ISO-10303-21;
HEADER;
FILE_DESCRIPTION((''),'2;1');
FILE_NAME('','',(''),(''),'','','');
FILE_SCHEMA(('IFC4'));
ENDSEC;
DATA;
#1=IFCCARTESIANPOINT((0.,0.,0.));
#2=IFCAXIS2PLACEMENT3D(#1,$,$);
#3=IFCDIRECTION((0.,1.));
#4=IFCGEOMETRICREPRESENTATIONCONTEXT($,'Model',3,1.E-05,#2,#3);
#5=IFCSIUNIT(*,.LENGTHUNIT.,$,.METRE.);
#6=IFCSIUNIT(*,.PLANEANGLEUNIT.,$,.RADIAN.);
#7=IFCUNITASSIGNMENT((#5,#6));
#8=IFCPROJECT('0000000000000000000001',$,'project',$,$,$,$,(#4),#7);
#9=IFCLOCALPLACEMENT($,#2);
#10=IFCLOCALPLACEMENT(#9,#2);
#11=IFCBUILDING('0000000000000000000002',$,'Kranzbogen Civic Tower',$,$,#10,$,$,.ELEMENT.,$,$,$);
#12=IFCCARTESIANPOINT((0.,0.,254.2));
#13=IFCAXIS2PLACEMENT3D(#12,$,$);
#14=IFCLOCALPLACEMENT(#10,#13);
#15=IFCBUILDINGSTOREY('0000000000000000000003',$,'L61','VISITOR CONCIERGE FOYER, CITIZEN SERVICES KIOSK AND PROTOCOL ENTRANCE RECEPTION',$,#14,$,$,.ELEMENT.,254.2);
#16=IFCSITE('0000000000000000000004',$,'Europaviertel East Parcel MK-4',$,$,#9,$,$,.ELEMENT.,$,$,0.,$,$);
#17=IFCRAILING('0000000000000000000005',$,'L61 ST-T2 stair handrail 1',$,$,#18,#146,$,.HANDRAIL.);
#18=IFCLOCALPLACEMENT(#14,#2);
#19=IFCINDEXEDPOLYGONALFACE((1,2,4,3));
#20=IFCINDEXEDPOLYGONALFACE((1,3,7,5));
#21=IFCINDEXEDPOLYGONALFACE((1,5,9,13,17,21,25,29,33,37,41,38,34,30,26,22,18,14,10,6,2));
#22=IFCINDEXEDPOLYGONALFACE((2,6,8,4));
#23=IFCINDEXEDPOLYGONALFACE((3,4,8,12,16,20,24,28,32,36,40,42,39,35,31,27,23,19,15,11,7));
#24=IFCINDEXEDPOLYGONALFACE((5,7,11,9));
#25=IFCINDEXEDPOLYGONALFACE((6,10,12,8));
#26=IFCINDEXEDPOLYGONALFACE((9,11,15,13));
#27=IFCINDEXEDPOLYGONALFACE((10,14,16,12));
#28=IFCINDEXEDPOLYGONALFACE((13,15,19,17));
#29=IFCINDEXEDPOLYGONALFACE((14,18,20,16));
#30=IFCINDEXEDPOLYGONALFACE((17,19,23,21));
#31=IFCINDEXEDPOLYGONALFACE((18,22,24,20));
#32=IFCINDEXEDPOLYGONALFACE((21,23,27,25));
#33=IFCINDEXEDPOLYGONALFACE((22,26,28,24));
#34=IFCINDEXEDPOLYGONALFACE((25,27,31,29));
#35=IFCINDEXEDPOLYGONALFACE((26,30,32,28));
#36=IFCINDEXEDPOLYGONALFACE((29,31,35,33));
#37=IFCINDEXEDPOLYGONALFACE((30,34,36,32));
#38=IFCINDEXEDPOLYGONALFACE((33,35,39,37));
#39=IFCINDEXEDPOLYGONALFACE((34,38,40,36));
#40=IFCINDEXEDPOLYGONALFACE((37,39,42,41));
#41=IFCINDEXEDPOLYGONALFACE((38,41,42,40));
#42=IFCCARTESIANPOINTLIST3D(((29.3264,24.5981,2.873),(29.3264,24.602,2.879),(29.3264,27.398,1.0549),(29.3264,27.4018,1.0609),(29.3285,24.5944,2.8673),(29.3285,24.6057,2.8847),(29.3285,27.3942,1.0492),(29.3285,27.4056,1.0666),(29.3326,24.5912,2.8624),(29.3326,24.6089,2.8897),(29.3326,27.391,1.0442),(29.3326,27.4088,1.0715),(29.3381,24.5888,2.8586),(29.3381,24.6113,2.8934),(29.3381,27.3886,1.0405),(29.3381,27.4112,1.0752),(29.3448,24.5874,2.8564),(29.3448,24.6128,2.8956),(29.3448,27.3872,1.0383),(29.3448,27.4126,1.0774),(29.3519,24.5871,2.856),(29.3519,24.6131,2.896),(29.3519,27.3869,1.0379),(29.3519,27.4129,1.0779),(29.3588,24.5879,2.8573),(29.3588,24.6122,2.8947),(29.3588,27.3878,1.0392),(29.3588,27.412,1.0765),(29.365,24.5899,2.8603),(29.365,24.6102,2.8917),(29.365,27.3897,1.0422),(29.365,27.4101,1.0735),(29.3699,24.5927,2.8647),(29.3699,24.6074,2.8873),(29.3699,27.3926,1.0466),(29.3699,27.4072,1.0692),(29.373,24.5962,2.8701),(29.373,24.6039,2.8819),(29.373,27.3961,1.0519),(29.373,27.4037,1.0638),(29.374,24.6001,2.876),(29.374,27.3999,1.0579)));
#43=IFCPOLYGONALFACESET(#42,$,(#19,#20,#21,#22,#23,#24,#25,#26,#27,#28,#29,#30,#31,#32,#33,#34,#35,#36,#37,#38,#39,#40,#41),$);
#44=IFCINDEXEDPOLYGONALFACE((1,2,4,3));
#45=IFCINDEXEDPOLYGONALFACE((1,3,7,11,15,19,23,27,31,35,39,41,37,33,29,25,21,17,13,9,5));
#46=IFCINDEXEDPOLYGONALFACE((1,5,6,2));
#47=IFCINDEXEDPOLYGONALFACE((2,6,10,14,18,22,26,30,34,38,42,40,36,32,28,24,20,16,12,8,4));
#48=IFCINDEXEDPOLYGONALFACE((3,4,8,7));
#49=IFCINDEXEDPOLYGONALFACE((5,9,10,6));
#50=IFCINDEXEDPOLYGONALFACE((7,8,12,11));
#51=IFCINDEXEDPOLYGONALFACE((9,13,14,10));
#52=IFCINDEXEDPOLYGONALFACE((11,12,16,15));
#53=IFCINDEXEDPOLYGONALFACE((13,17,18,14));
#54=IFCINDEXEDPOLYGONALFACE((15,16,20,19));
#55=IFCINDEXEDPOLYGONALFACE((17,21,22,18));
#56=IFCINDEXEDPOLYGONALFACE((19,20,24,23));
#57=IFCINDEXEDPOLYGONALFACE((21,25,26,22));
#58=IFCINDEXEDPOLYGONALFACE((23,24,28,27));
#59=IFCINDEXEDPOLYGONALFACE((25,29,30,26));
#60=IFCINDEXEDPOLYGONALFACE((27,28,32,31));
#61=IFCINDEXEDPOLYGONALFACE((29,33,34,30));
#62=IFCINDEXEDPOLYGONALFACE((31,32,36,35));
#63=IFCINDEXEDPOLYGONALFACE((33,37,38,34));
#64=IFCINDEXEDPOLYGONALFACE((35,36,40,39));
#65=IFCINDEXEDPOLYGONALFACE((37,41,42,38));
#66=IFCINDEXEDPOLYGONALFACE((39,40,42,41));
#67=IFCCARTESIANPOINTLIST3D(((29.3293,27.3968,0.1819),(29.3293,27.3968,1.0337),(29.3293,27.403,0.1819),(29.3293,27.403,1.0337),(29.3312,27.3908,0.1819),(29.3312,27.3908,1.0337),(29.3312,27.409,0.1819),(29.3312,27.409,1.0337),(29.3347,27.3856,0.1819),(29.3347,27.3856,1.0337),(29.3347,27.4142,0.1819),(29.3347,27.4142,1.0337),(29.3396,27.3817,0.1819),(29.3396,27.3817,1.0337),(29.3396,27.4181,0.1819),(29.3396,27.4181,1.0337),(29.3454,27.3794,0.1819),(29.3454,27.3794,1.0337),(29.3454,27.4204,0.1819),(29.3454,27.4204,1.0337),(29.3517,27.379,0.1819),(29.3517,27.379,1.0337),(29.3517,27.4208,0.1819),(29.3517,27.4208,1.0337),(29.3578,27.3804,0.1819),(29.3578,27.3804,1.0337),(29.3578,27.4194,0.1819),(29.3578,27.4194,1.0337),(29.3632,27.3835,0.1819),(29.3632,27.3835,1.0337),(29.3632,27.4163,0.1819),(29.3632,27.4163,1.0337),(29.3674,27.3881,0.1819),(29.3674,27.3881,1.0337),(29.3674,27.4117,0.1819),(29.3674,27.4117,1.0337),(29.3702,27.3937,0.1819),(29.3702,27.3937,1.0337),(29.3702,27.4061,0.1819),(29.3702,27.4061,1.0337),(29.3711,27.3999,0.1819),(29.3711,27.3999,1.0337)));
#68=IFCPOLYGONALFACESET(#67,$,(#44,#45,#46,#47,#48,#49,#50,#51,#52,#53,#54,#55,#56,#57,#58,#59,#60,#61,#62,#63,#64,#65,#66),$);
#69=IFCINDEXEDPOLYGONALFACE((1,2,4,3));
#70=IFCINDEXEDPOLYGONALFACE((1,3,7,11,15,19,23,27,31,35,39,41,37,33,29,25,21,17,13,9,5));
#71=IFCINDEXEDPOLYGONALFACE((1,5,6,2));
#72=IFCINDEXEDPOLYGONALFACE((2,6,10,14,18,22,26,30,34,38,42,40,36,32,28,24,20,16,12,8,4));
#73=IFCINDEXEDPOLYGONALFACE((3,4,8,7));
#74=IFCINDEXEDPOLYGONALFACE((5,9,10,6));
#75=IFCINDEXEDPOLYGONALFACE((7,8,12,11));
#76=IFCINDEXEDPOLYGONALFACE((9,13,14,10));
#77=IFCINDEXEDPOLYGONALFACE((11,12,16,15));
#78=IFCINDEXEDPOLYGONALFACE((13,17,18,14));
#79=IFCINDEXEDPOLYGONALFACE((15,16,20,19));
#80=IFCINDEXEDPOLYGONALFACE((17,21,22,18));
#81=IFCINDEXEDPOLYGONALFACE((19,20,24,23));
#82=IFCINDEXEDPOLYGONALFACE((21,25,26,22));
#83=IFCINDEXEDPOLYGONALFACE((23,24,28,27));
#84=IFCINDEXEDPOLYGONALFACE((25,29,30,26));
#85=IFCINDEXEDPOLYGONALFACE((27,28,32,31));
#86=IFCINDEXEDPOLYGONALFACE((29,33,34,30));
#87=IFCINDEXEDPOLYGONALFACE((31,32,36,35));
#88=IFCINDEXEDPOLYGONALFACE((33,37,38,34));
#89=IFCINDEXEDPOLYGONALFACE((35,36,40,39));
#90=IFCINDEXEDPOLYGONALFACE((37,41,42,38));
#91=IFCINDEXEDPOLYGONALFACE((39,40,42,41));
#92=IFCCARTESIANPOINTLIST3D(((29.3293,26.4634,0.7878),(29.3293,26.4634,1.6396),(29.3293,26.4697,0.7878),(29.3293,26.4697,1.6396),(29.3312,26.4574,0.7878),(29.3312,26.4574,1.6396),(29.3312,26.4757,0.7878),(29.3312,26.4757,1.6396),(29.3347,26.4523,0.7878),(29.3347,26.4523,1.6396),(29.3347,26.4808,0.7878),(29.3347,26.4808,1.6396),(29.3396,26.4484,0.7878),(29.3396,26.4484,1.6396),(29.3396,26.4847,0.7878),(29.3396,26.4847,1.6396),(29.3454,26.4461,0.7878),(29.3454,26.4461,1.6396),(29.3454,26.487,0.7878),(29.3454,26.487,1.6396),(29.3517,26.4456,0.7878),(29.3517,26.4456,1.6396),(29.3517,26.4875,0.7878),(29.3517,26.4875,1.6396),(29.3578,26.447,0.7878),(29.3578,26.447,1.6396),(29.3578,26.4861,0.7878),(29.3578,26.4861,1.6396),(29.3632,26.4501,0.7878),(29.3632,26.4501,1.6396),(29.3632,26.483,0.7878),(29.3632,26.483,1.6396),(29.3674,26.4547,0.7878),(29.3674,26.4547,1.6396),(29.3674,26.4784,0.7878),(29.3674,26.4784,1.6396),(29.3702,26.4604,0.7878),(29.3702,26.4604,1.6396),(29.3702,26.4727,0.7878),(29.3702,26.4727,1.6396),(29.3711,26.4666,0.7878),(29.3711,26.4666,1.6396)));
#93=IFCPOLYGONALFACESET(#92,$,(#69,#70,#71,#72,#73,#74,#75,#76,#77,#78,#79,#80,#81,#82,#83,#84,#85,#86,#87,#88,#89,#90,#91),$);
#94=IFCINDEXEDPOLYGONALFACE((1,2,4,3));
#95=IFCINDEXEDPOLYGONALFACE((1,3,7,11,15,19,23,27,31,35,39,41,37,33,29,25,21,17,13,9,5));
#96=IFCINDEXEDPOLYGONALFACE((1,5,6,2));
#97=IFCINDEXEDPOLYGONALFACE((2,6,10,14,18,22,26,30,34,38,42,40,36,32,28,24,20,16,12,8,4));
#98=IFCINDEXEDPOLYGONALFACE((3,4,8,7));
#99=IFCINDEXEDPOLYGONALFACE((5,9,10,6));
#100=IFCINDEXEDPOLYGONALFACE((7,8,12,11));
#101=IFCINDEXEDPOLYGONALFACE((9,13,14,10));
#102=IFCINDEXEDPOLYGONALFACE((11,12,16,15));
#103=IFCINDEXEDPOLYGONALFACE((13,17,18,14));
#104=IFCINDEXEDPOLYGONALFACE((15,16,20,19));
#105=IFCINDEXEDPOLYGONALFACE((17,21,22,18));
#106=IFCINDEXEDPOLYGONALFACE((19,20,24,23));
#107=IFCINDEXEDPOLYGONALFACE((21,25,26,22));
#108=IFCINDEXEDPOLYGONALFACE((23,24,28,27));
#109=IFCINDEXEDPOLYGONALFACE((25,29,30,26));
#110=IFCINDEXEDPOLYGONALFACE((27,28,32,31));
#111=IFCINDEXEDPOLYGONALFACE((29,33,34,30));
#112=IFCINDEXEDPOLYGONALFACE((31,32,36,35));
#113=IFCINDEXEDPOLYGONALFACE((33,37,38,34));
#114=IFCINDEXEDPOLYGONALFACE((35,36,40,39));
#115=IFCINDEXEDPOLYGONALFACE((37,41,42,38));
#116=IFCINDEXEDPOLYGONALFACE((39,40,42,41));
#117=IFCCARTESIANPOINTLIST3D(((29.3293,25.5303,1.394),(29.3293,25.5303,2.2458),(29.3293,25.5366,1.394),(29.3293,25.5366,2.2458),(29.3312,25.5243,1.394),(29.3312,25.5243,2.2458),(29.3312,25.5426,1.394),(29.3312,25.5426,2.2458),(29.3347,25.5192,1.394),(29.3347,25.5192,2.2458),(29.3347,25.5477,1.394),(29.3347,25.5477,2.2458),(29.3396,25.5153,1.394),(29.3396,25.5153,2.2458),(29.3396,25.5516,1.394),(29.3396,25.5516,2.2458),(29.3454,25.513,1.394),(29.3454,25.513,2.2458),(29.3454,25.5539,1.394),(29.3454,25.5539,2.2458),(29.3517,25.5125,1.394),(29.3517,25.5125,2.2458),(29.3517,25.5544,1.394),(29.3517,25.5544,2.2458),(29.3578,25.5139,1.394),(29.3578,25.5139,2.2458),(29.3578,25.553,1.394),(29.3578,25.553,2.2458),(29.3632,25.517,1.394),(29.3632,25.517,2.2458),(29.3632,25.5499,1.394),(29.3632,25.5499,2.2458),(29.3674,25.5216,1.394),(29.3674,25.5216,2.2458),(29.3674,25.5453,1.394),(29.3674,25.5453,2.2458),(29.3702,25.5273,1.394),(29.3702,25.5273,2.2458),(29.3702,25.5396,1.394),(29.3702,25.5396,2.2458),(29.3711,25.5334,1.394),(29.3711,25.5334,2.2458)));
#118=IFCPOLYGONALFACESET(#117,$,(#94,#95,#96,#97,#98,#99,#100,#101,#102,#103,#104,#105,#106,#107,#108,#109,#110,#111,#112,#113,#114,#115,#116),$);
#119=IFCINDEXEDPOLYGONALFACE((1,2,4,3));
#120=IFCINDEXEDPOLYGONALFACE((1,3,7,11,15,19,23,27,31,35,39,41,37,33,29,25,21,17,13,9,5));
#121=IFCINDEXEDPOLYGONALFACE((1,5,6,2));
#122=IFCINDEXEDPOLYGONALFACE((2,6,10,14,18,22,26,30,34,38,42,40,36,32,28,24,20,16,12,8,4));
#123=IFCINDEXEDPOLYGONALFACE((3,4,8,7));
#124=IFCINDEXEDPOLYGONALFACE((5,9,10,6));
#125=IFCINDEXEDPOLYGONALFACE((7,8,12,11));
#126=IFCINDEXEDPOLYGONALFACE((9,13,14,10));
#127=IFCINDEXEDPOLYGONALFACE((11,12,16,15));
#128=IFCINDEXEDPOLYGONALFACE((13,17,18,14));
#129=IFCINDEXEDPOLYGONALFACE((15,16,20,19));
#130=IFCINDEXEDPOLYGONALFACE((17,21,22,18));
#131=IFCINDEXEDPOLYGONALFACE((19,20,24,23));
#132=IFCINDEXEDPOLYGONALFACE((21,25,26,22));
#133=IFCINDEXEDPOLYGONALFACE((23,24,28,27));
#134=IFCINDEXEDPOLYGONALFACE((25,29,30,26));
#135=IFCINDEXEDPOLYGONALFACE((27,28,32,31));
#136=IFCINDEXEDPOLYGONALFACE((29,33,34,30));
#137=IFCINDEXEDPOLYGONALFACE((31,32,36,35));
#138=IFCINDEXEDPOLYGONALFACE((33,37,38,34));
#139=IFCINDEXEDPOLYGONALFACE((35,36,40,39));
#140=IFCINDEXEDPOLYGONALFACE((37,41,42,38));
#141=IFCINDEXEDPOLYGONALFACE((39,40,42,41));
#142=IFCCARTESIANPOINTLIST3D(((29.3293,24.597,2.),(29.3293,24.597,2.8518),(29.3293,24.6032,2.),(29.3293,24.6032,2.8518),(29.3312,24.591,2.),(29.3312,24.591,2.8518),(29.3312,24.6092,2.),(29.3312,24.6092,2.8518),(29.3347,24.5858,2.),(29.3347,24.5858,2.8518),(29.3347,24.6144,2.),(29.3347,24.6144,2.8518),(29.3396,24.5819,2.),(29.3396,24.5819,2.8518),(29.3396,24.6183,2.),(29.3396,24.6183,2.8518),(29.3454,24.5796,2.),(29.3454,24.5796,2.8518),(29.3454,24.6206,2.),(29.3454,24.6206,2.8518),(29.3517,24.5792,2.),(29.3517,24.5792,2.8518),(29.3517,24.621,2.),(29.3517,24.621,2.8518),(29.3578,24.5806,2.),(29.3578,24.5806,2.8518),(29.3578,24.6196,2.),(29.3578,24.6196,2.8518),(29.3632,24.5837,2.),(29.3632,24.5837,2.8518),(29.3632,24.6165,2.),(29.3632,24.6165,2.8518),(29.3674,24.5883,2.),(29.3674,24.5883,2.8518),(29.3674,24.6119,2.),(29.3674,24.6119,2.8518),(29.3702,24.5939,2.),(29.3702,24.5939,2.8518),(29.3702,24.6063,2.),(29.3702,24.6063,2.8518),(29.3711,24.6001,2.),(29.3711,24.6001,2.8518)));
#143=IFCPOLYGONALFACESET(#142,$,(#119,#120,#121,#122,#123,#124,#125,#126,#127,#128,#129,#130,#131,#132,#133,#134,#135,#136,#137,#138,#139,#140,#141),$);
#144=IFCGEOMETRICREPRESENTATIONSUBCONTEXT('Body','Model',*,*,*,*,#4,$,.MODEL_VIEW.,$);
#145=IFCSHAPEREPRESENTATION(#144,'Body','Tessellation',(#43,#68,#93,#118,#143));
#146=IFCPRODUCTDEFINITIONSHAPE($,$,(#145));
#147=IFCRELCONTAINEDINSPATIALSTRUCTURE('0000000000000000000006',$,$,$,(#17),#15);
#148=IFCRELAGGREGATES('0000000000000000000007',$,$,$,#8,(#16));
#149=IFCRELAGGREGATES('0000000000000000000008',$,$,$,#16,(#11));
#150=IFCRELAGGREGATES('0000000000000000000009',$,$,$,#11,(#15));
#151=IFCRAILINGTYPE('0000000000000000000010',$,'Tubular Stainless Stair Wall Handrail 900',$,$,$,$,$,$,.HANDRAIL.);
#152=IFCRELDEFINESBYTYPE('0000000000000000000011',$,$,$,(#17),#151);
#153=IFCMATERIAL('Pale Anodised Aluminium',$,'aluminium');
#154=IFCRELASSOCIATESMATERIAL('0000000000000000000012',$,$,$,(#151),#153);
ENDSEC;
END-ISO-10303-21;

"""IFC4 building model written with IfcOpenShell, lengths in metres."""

from ifc_helpers import new_model, si_unit, direction, frame, origin, origin_2d, place, context, subcontext, project, spatial, circle, extrude, material, type_object, element, save


model = new_model("IFC4")

# Units and contexts
model_context = context("Model", 3, precision=1e-05, world=origin(), true_north=direction((0.0, 1.0)))
body_context = subcontext(model_context, "Body", "Model", "MODEL_VIEW")
ifc_project = project(units=[si_unit("LENGTHUNIT", "METRE"), si_unit("PLANEANGLEUNIT", "RADIAN")], contexts=[model_context])

# Site, building, storey
site_placement = place(None, origin())
site = spatial("IfcSite", under=ifc_project, at=site_placement, Name="Europaviertel East Parcel MK-4", CompositionType="ELEMENT", RefElevation=0.0)
building_placement = place(site_placement, origin())
building = spatial("IfcBuilding", under=site, at=building_placement, Name="Kranzbogen Civic Tower", CompositionType="ELEMENT")
storey_placement = place(building_placement, frame((0.0, 0.0, 254.2)))
storey = spatial("IfcBuildingStorey", under=building, at=storey_placement, Name="L61", Description="VISITOR CONCIERGE FOYER, CITIZEN SERVICES KIOSK AND PROTOCOL ENTRANCE RECEPTION", CompositionType="ELEMENT", Elevation=254.2)

# Shared definitions
ifc_material_1 = material(Name="Pale Anodised Aluminium", Category="aluminium")

# Railing
railing_type_1 = type_object("IfcRailingType", Name="Tubular Stainless Stair Wall Handrail 900", PredefinedType="HANDRAIL", material=ifc_material_1)
railing_1_placement = place(storey_placement, frame((29.3501, 27.3999, 0.1819)))
element("IfcRailing", 1, at=railing_1_placement, inside=storey, type_object=railing_type_1, Name="L61 ST-T2 stair handrail 1", PredefinedType="HANDRAIL", context=body_context, shape_type="SweptSolid", body=[
    extrude(circle(Radius=0.0239, at=origin_2d()), frame((0.0, 0.0, 0.876), z_axis=(0.0, -0.838684, 0.544618), x_axis=(1.0, 0.0, 0.0)), (0.0, 0.0, 1.0), 3.3384),
    extrude(circle(Radius=0.021, at=origin_2d()), origin(), (0.0, 0.0, 1.0), 0.8518),
    extrude(circle(Radius=0.021, at=origin_2d()), frame((0.0, -0.9333, 0.606)), (0.0, 0.0, 1.0), 0.8518),
    extrude(circle(Radius=0.021, at=origin_2d()), frame((0.0, -1.8665, 1.2122)), (0.0, 0.0, 1.0), 0.8518),
    extrude(circle(Radius=0.021, at=origin_2d()), frame((0.0, -2.7998, 1.8181)), (0.0, 0.0, 1.0), 0.8518),
])

save(model, "model.ifc")
